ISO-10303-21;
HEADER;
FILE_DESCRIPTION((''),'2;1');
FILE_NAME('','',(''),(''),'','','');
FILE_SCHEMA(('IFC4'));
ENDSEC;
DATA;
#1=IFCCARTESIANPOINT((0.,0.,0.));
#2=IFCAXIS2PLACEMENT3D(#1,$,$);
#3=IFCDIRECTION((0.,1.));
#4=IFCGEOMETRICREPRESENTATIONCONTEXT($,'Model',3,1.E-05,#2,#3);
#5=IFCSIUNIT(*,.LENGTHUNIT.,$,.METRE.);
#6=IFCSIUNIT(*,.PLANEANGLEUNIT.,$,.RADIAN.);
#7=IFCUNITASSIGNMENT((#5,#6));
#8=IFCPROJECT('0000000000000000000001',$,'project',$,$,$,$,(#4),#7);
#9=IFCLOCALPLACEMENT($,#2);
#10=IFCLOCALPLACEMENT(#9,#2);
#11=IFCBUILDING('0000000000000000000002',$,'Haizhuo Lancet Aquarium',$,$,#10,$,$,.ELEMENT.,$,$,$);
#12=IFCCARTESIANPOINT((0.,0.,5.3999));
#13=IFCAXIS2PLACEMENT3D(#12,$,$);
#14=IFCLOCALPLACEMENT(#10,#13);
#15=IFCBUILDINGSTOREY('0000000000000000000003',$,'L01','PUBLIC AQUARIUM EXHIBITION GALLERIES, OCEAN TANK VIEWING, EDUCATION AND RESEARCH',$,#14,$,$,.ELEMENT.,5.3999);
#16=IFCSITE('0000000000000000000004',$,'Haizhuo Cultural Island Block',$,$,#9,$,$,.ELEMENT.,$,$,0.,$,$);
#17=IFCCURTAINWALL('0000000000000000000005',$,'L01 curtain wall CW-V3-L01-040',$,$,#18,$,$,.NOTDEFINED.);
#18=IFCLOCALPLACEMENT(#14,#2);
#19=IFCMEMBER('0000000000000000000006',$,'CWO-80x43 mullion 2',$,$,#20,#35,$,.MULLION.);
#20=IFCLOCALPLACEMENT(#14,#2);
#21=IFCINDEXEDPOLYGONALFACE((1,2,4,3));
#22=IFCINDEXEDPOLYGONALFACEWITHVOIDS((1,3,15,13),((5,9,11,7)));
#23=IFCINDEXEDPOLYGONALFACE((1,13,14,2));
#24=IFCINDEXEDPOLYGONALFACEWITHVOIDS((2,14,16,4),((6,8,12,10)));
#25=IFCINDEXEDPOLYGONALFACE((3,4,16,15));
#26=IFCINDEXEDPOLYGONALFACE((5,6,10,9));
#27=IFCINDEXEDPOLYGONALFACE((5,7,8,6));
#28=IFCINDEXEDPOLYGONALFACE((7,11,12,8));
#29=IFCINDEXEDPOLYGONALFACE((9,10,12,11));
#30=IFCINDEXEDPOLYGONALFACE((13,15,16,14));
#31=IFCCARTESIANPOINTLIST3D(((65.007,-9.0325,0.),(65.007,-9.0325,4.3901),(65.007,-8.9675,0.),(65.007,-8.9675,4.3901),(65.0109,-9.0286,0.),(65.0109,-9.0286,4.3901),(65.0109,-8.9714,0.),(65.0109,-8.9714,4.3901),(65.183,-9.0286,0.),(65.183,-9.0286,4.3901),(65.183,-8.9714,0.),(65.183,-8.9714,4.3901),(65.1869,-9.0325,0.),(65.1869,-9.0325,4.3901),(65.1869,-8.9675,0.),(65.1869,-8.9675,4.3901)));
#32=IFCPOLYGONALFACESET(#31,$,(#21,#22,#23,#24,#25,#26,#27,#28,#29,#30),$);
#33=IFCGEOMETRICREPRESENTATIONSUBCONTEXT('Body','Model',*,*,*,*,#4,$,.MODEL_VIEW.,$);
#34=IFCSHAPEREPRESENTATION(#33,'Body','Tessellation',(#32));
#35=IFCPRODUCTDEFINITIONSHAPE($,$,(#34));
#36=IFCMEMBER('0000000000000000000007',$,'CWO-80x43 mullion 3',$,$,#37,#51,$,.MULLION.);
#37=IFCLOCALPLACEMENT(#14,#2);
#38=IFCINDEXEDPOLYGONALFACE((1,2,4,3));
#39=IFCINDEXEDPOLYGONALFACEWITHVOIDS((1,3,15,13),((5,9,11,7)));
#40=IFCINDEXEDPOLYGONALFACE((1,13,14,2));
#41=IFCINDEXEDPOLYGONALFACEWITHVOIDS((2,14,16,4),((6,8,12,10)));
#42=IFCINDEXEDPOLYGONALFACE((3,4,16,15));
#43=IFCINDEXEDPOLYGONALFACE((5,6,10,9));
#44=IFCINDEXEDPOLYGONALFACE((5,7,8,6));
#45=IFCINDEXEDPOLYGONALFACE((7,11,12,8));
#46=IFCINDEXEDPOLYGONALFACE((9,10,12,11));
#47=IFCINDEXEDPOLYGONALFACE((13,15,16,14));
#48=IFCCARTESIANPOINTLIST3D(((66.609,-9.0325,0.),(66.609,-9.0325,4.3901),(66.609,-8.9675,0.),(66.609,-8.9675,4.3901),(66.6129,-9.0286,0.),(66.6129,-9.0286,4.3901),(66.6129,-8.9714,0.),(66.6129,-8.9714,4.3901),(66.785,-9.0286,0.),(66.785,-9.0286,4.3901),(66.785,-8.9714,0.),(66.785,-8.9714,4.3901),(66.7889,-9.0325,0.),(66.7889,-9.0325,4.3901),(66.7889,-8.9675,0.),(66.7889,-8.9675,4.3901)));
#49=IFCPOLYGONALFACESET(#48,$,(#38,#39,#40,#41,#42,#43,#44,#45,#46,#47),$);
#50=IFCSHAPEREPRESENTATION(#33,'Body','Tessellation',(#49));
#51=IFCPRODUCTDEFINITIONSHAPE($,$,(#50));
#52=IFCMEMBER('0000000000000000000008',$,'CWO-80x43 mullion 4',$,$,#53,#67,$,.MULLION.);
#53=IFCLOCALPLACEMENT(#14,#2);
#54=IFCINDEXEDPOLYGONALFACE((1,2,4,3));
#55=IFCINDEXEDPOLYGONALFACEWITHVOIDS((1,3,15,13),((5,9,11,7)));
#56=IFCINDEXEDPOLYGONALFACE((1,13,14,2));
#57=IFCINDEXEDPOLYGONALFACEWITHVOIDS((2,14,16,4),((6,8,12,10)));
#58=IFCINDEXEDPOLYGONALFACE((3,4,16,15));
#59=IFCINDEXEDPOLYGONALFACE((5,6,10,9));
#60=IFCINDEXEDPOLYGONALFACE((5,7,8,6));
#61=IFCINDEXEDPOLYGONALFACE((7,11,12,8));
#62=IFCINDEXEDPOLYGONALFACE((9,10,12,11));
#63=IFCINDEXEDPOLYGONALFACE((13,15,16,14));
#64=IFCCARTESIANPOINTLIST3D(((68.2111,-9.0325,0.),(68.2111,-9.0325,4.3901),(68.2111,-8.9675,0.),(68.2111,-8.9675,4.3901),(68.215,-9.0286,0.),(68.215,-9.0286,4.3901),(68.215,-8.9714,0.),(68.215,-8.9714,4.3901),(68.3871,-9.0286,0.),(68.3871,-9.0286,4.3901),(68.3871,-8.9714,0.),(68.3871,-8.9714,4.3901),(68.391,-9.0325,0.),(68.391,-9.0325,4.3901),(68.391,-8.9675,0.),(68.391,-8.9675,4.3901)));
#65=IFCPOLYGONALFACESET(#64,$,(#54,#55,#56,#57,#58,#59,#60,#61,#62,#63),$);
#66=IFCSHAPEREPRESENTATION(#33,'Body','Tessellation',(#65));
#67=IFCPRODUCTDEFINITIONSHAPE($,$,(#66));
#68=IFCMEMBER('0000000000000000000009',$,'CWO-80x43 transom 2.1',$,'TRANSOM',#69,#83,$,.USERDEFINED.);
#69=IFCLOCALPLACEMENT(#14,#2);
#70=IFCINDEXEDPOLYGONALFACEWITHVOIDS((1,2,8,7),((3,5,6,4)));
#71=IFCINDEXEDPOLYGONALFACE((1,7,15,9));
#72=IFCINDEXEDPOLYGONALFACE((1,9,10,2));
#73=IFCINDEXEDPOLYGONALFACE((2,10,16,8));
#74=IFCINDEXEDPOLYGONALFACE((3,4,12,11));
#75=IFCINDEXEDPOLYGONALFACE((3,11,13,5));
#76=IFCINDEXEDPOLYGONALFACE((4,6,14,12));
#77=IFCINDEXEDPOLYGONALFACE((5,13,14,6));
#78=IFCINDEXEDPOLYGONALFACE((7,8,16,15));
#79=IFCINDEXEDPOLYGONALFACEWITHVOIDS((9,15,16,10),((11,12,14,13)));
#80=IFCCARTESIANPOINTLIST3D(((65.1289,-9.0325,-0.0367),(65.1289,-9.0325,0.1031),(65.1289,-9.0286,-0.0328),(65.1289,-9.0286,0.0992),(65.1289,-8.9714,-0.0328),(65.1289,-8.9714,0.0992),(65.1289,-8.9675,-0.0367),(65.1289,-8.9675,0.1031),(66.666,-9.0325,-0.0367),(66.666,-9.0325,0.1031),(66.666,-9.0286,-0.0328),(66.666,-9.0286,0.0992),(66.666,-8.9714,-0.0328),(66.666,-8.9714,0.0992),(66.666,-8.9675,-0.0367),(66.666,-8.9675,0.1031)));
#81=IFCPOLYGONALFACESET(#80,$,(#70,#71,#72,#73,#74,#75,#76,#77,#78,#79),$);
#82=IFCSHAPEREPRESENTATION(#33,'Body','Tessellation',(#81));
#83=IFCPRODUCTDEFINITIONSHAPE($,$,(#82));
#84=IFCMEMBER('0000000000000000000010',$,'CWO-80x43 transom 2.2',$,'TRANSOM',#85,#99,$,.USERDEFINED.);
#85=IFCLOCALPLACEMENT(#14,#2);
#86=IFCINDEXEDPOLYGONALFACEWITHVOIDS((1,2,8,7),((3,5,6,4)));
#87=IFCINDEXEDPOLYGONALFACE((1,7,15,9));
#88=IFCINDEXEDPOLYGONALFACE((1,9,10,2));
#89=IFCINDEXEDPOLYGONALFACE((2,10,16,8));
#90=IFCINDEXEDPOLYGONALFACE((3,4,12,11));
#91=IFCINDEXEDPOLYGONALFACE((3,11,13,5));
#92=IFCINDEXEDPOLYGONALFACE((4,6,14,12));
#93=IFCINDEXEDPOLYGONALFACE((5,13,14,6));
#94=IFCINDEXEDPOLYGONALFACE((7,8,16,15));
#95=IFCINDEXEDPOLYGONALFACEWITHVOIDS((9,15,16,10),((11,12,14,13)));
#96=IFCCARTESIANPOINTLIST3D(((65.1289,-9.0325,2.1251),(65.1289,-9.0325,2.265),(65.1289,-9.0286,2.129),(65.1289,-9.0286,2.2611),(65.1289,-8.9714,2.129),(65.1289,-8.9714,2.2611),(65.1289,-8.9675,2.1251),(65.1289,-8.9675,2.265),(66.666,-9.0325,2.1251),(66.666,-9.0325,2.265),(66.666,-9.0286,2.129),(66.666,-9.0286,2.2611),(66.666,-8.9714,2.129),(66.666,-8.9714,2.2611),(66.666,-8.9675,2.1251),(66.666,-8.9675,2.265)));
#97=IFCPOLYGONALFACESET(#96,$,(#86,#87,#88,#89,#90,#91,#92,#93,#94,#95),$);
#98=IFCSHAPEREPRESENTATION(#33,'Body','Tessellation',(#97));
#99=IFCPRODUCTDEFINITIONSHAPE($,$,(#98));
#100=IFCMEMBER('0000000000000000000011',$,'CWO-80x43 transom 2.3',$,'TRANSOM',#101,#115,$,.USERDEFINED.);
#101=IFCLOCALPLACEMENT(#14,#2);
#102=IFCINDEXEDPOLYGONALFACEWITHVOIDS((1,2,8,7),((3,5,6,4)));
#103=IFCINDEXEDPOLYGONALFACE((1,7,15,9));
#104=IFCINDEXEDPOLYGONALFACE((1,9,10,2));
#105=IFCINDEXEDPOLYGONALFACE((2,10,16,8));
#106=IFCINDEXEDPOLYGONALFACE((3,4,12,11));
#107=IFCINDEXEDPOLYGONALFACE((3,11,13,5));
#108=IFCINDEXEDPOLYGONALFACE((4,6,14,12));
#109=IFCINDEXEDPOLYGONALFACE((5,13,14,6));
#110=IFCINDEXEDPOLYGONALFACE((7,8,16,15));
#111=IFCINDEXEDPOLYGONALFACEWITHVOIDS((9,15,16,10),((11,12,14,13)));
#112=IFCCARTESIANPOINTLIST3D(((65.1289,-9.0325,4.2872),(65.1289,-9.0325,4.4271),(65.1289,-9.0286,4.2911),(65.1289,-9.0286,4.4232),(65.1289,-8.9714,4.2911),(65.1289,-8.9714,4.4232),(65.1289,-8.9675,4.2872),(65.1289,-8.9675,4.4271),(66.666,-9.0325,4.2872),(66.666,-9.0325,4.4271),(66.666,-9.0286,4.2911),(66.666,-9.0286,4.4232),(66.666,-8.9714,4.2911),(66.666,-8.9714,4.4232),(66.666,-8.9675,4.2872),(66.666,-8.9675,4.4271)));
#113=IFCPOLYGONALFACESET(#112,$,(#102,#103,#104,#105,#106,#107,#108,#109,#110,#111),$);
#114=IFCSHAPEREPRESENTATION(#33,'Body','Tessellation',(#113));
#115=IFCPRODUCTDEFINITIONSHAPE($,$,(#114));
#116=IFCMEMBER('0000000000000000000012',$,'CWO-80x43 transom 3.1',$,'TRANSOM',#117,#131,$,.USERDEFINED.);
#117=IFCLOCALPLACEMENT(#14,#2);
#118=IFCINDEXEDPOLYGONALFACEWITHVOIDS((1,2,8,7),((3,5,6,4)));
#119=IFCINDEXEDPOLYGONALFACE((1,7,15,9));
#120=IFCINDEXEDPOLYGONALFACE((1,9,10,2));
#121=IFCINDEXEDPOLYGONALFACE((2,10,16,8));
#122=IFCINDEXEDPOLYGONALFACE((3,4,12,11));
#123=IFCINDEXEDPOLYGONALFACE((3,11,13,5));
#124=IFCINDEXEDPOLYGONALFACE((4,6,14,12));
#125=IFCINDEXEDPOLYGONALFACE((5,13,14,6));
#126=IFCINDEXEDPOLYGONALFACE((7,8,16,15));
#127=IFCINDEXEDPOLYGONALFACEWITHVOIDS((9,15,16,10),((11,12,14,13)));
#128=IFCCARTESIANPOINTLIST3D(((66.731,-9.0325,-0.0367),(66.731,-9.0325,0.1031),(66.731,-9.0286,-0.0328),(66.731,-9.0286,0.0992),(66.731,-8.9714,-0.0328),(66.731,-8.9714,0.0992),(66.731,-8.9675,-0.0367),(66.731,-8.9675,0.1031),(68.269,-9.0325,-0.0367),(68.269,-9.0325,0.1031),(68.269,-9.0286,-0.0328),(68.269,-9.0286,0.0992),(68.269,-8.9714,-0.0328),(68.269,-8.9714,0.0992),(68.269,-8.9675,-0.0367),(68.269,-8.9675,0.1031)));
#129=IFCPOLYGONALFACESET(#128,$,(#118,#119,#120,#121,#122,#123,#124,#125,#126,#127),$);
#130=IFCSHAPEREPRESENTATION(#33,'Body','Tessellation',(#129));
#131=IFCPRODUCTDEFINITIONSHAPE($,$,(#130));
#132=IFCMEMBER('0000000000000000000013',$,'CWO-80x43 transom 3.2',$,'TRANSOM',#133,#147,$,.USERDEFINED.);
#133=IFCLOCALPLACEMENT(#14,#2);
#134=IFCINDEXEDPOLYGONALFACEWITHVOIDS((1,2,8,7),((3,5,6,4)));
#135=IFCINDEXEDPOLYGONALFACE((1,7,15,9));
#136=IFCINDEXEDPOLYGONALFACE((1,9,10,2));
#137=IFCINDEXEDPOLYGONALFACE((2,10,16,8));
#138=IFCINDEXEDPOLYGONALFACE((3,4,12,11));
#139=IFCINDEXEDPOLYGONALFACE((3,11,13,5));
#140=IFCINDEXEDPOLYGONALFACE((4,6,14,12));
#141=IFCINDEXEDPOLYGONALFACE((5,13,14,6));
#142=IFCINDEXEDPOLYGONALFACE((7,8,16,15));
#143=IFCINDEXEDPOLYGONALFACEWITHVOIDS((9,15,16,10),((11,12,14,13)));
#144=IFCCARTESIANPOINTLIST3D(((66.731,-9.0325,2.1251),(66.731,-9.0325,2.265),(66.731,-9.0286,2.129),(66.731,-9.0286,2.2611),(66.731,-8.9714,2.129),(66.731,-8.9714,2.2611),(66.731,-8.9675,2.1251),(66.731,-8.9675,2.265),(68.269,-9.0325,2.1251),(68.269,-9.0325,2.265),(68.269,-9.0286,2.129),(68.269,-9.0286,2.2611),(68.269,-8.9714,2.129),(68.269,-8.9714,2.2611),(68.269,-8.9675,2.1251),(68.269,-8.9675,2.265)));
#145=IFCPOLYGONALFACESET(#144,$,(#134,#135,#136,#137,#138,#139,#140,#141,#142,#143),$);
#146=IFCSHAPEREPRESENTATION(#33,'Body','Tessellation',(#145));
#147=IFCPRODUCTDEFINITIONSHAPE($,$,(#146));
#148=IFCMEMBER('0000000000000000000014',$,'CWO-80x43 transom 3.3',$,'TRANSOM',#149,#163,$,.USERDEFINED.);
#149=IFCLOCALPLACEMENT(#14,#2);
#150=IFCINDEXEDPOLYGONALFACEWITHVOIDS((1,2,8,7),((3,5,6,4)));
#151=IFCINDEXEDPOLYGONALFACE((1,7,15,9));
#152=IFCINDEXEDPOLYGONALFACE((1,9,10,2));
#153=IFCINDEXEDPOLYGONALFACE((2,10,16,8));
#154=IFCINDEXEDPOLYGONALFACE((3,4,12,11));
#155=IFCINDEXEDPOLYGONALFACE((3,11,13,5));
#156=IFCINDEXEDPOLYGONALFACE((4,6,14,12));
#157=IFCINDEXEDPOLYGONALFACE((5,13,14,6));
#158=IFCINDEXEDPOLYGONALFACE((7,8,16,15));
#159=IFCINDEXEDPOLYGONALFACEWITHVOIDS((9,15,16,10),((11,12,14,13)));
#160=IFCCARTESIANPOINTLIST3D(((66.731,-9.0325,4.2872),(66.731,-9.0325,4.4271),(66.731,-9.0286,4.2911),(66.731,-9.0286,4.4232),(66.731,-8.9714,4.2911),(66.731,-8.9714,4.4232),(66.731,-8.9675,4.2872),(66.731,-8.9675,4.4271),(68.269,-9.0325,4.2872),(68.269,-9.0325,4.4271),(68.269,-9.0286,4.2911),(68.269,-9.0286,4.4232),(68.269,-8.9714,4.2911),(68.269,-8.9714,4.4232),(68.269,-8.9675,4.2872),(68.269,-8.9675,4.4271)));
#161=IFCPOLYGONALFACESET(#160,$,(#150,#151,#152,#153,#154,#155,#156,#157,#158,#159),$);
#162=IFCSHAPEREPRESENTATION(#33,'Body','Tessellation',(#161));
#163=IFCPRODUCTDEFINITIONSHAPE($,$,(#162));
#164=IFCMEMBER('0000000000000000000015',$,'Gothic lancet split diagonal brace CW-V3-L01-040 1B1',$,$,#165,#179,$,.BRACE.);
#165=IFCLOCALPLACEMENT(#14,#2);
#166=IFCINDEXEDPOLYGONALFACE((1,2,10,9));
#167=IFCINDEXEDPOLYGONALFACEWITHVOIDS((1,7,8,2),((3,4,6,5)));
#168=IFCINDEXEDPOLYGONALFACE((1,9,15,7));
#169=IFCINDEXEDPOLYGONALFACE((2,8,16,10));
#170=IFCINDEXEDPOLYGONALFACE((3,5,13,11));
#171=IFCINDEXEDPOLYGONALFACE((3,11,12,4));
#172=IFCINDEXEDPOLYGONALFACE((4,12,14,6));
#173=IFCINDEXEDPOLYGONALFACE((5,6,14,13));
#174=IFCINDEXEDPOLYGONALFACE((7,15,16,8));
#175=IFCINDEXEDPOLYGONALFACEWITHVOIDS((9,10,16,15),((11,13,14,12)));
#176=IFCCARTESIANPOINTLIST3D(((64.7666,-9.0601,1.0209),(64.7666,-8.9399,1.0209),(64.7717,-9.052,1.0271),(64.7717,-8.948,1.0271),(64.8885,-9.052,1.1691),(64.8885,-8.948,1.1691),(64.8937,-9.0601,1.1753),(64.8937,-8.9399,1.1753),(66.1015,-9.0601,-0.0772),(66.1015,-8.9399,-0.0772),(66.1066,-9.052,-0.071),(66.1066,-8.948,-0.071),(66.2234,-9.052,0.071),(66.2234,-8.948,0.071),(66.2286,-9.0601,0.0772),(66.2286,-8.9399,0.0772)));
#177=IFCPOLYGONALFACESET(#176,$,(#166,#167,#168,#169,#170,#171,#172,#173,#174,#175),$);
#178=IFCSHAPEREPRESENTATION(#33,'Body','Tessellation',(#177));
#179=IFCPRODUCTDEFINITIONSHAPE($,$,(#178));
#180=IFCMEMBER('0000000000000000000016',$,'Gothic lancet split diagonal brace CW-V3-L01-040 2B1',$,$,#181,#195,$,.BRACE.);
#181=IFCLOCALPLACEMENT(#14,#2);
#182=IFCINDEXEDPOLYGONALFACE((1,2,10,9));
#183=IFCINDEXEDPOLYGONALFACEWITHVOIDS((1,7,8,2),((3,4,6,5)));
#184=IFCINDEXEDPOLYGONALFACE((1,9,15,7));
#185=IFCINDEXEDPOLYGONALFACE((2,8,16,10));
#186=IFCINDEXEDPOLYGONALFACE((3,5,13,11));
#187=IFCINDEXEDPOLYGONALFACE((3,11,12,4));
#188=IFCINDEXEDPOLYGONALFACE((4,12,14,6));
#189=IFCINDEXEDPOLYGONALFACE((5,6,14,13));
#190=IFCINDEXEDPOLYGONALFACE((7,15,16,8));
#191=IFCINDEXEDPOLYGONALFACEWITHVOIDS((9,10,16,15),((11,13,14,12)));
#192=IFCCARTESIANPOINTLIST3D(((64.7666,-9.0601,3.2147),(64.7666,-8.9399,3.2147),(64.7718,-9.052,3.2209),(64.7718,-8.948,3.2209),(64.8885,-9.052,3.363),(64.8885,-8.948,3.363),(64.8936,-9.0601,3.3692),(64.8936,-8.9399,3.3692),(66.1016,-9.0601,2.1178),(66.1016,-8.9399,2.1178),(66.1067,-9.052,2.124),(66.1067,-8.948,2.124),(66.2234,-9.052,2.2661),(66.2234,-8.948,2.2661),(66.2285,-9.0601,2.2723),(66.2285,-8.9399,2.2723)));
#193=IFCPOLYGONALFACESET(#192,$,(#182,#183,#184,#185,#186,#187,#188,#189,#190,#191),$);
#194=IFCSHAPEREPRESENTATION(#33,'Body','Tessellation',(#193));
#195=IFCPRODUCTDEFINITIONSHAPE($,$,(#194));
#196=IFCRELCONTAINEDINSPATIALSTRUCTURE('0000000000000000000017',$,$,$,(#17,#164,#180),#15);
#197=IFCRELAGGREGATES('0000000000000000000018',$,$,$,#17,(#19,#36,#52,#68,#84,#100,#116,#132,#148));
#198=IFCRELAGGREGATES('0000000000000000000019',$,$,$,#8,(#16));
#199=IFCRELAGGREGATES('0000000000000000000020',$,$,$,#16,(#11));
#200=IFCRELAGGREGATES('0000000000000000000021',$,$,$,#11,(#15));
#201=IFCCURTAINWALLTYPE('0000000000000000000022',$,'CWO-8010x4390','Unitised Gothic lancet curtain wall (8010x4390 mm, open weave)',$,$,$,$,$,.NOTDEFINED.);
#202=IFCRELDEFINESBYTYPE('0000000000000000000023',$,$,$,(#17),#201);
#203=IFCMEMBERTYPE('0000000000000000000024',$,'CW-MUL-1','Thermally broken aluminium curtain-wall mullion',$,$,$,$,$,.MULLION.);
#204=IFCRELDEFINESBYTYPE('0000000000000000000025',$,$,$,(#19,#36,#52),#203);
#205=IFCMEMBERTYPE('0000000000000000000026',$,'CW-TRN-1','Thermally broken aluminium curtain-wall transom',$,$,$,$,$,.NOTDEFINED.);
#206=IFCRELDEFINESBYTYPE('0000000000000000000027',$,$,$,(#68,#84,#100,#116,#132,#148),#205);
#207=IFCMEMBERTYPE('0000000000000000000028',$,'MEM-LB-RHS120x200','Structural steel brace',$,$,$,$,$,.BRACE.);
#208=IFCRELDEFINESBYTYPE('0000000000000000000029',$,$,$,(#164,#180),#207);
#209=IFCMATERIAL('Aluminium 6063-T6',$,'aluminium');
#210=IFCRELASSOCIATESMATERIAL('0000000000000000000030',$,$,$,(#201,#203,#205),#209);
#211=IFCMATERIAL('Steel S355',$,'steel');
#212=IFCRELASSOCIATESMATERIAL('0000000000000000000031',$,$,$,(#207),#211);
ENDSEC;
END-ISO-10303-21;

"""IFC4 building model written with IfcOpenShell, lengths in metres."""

from ifc_helpers import new_model, si_unit, direction, frame, origin, origin_2d, place, context, subcontext, project, spatial, hollow_rectangle, extrude, material, material_profile, profile_set, type_object, element, aggregate, save


model = new_model("IFC4")

# Units and contexts
model_context = context("Model", 3, precision=1e-05, world=origin(), true_north=direction((0.0, 1.0)))
body_context = subcontext(model_context, "Body", "Model", "MODEL_VIEW")
ifc_project = project(units=[si_unit("LENGTHUNIT", "METRE"), si_unit("PLANEANGLEUNIT", "RADIAN")], contexts=[model_context])

# Site, building, storey
site_placement = place(None, origin())
site = spatial("IfcSite", under=ifc_project, at=site_placement, Name="Haizhuo Cultural Island Block", CompositionType="ELEMENT", RefElevation=0.0)
building_placement = place(site_placement, origin())
building = spatial("IfcBuilding", under=site, at=building_placement, Name="Haizhuo Lancet Aquarium", CompositionType="ELEMENT")
storey_placement = place(building_placement, frame((0.0, 0.0, 5.3999)))
storey = spatial("IfcBuildingStorey", under=building, at=storey_placement, Name="L01", Description="PUBLIC AQUARIUM EXHIBITION GALLERIES, OCEAN TANK VIEWING, EDUCATION AND RESEARCH", CompositionType="ELEMENT", Elevation=5.3999)

# Curtain wall, members
ifc_material_1 = material(Name="Aluminium 6063-T6", Category="aluminium")
curtain_wall_type = type_object("IfcCurtainWallType", Name="CWO-8010x4390", Description="Unitised Gothic lancet curtain wall (8010x4390 mm, open weave)", PredefinedType="NOTDEFINED", material=ifc_material_1)
curtain_wall_placement = place(storey_placement, origin())
curtain_wall = element("IfcCurtainWall", 1, at=curtain_wall_placement, inside=storey, type_object=curtain_wall_type, Name="L01 curtain wall CW-V3-L01-040", PredefinedType="NOTDEFINED")
ifc_material_profile_1 = material_profile(ifc_material_1, hollow_rectangle(XDim=0.0649, YDim=0.1799, WallThickness=0.0039, at=origin_2d()), Name="ALU-M 65x180x4")
ifc_profile_set_1 = profile_set([ifc_material_profile_1], Name="Aluminium 6063-T6")
member_type_1 = type_object("IfcMemberType", Name="CW-MUL-1", Description="Thermally broken aluminium curtain-wall mullion", PredefinedType="MULLION", material=ifc_profile_set_1)
member_1_placement = place(storey_placement, frame((65.0969, -9.0, 0.0), z_axis=(0.0, 0.0, 1.0), x_axis=(0.0, 1.0, 0.0)))
member_1 = element("IfcMember", 2, at=member_1_placement, type_object=member_type_1, Name="CWO-80x43 mullion 2", PredefinedType="MULLION", context=body_context, shape_type="SweptSolid", body=[
    extrude(hollow_rectangle(XDim=0.0649, YDim=0.1799, WallThickness=0.0039, at=origin_2d()), origin(), (0.0, 0.0, 1.0), 4.3901),
])
member_2_placement = place(storey_placement, frame((66.699, -9.0, 0.0), z_axis=(0.0, 0.0, 1.0), x_axis=(0.0, 1.0, 0.0)))
member_2 = element("IfcMember", 3, at=member_2_placement, type_object=member_type_1, Name="CWO-80x43 mullion 3", PredefinedType="MULLION", context=body_context, shape_type="SweptSolid", body=[
    extrude(hollow_rectangle(XDim=0.0649, YDim=0.1799, WallThickness=0.0039, at=origin_2d()), origin(), (0.0, 0.0, 1.0), 4.3901),
])
member_3_placement = place(storey_placement, frame((68.301, -9.0, 0.0), z_axis=(0.0, 0.0, 1.0), x_axis=(0.0, 1.0, 0.0)))
member_3 = element("IfcMember", 4, at=member_3_placement, type_object=member_type_1, Name="CWO-80x43 mullion 4", PredefinedType="MULLION", context=body_context, shape_type="SweptSolid", body=[
    extrude(hollow_rectangle(XDim=0.0649, YDim=0.1799, WallThickness=0.0039, at=origin_2d()), origin(), (0.0, 0.0, 1.0), 4.3901),
])
ifc_material_profile_2 = material_profile(ifc_material_1, hollow_rectangle(XDim=0.0649, YDim=0.1399, WallThickness=0.0039, at=origin_2d()), Name="ALU-T 65x140x4")
ifc_profile_set_2 = profile_set([ifc_material_profile_2], Name="Aluminium 6063-T6")
member_type_2 = type_object("IfcMemberType", Name="CW-TRN-1", Description="Thermally broken aluminium curtain-wall transom", PredefinedType="NOTDEFINED", material=ifc_profile_set_2)
member_4_placement = place(storey_placement, frame((65.1289, -9.0, 0.0332), z_axis=(1.0, 0.0, 0.0), x_axis=(0.0, 1.0, 0.0)))
member_4 = element("IfcMember", 5, at=member_4_placement, type_object=member_type_2, Name="CWO-80x43 transom 2.1", ObjectType="TRANSOM", PredefinedType="USERDEFINED", context=body_context, shape_type="SweptSolid", body=[
    extrude(hollow_rectangle(XDim=0.0649, YDim=0.1399, WallThickness=0.0039, at=origin_2d()), origin(), (0.0, 0.0, 1.0), 1.5371),
])
member_5_placement = place(storey_placement, frame((65.1289, -9.0, 2.1951), z_axis=(1.0, 0.0, 0.0), x_axis=(0.0, 1.0, 0.0)))
member_5 = element("IfcMember", 6, at=member_5_placement, type_object=member_type_2, Name="CWO-80x43 transom 2.2", ObjectType="TRANSOM", PredefinedType="USERDEFINED", context=body_context, shape_type="SweptSolid", body=[
    extrude(hollow_rectangle(XDim=0.0649, YDim=0.1399, WallThickness=0.0039, at=origin_2d()), origin(), (0.0, 0.0, 1.0), 1.5371),
])
member_6_placement = place(storey_placement, frame((65.1289, -9.0, 4.3572), z_axis=(1.0, 0.0, 0.0), x_axis=(0.0, 1.0, 0.0)))
member_6 = element("IfcMember", 7, at=member_6_placement, type_object=member_type_2, Name="CWO-80x43 transom 2.3", ObjectType="TRANSOM", PredefinedType="USERDEFINED", context=body_context, shape_type="SweptSolid", body=[
    extrude(hollow_rectangle(XDim=0.0649, YDim=0.1399, WallThickness=0.0039, at=origin_2d()), origin(), (0.0, 0.0, 1.0), 1.5371),
])
member_7_placement = place(storey_placement, frame((66.731, -9.0, 0.0332), z_axis=(1.0, 0.0, 0.0), x_axis=(0.0, 1.0, 0.0)))
member_7 = element("IfcMember", 8, at=member_7_placement, type_object=member_type_2, Name="CWO-80x43 transom 3.1", ObjectType="TRANSOM", PredefinedType="USERDEFINED", context=body_context, shape_type="SweptSolid", body=[
    extrude(hollow_rectangle(XDim=0.0649, YDim=0.1399, WallThickness=0.0039, at=origin_2d()), origin(), (0.0, 0.0, 1.0), 1.5381),
])
member_8_placement = place(storey_placement, frame((66.731, -9.0, 2.1951), z_axis=(1.0, 0.0, 0.0), x_axis=(0.0, 1.0, 0.0)))
member_8 = element("IfcMember", 9, at=member_8_placement, type_object=member_type_2, Name="CWO-80x43 transom 3.2", ObjectType="TRANSOM", PredefinedType="USERDEFINED", context=body_context, shape_type="SweptSolid", body=[
    extrude(hollow_rectangle(XDim=0.0649, YDim=0.1399, WallThickness=0.0039, at=origin_2d()), origin(), (0.0, 0.0, 1.0), 1.5381),
])
member_9_placement = place(storey_placement, frame((66.731, -9.0, 4.3572), z_axis=(1.0, 0.0, 0.0), x_axis=(0.0, 1.0, 0.0)))
member_9 = element("IfcMember", 10, at=member_9_placement, type_object=member_type_2, Name="CWO-80x43 transom 3.3", ObjectType="TRANSOM", PredefinedType="USERDEFINED", context=body_context, shape_type="SweptSolid", body=[
    extrude(hollow_rectangle(XDim=0.0649, YDim=0.1399, WallThickness=0.0039, at=origin_2d()), origin(), (0.0, 0.0, 1.0), 1.5381),
])

# Members
ifc_material_2 = material(Name="Steel S355", Category="steel")
ifc_material_profile_3 = material_profile(ifc_material_2, hollow_rectangle(XDim=0.1201, YDim=0.2, WallThickness=0.0081, at=origin_2d()), Name="RHS 120x200x8")
ifc_profile_set_3 = profile_set([ifc_material_profile_3], Name="Steel S355")
member_type_3 = type_object("IfcMemberType", Name="MEM-LB-RHS120x200", Description="Structural steel brace", PredefinedType="BRACE", material=ifc_profile_set_3)
member_10_placement = place(storey_placement, frame((66.165, -9.0, 0.0), z_axis=(-0.772281, 0.0, 0.635281), x_axis=(0.0, -1.0, 0.0)))
element("IfcMember", 11, at=member_10_placement, inside=storey, type_object=member_type_3, Name="Gothic lancet split diagonal brace CW-V3-L01-040 1B1", PredefinedType="BRACE", context=body_context, shape_type="SweptSolid", body=[
    extrude(hollow_rectangle(XDim=0.1201, YDim=0.2, WallThickness=0.0081, at=origin_2d()), origin(), (0.0, 0.0, 1.0), 1.7285),
])
member_11_placement = place(storey_placement, frame((66.165, -9.0, 2.1951), z_axis=(-0.772627, 0.0, 0.63486), x_axis=(0.0, -1.0, 0.0)))
element("IfcMember", 12, at=member_11_placement, inside=storey, type_object=member_type_3, Name="Gothic lancet split diagonal brace CW-V3-L01-040 2B1", PredefinedType="BRACE", context=body_context, shape_type="SweptSolid", body=[
    extrude(hollow_rectangle(XDim=0.1201, YDim=0.2, WallThickness=0.0081, at=origin_2d()), origin(), (0.0, 0.0, 1.0), 1.7278),
])

aggregate(curtain_wall, [member_1, member_2, member_3, member_4, member_5, member_6, member_7, member_8, member_9])

save(model, "model.ifc")
